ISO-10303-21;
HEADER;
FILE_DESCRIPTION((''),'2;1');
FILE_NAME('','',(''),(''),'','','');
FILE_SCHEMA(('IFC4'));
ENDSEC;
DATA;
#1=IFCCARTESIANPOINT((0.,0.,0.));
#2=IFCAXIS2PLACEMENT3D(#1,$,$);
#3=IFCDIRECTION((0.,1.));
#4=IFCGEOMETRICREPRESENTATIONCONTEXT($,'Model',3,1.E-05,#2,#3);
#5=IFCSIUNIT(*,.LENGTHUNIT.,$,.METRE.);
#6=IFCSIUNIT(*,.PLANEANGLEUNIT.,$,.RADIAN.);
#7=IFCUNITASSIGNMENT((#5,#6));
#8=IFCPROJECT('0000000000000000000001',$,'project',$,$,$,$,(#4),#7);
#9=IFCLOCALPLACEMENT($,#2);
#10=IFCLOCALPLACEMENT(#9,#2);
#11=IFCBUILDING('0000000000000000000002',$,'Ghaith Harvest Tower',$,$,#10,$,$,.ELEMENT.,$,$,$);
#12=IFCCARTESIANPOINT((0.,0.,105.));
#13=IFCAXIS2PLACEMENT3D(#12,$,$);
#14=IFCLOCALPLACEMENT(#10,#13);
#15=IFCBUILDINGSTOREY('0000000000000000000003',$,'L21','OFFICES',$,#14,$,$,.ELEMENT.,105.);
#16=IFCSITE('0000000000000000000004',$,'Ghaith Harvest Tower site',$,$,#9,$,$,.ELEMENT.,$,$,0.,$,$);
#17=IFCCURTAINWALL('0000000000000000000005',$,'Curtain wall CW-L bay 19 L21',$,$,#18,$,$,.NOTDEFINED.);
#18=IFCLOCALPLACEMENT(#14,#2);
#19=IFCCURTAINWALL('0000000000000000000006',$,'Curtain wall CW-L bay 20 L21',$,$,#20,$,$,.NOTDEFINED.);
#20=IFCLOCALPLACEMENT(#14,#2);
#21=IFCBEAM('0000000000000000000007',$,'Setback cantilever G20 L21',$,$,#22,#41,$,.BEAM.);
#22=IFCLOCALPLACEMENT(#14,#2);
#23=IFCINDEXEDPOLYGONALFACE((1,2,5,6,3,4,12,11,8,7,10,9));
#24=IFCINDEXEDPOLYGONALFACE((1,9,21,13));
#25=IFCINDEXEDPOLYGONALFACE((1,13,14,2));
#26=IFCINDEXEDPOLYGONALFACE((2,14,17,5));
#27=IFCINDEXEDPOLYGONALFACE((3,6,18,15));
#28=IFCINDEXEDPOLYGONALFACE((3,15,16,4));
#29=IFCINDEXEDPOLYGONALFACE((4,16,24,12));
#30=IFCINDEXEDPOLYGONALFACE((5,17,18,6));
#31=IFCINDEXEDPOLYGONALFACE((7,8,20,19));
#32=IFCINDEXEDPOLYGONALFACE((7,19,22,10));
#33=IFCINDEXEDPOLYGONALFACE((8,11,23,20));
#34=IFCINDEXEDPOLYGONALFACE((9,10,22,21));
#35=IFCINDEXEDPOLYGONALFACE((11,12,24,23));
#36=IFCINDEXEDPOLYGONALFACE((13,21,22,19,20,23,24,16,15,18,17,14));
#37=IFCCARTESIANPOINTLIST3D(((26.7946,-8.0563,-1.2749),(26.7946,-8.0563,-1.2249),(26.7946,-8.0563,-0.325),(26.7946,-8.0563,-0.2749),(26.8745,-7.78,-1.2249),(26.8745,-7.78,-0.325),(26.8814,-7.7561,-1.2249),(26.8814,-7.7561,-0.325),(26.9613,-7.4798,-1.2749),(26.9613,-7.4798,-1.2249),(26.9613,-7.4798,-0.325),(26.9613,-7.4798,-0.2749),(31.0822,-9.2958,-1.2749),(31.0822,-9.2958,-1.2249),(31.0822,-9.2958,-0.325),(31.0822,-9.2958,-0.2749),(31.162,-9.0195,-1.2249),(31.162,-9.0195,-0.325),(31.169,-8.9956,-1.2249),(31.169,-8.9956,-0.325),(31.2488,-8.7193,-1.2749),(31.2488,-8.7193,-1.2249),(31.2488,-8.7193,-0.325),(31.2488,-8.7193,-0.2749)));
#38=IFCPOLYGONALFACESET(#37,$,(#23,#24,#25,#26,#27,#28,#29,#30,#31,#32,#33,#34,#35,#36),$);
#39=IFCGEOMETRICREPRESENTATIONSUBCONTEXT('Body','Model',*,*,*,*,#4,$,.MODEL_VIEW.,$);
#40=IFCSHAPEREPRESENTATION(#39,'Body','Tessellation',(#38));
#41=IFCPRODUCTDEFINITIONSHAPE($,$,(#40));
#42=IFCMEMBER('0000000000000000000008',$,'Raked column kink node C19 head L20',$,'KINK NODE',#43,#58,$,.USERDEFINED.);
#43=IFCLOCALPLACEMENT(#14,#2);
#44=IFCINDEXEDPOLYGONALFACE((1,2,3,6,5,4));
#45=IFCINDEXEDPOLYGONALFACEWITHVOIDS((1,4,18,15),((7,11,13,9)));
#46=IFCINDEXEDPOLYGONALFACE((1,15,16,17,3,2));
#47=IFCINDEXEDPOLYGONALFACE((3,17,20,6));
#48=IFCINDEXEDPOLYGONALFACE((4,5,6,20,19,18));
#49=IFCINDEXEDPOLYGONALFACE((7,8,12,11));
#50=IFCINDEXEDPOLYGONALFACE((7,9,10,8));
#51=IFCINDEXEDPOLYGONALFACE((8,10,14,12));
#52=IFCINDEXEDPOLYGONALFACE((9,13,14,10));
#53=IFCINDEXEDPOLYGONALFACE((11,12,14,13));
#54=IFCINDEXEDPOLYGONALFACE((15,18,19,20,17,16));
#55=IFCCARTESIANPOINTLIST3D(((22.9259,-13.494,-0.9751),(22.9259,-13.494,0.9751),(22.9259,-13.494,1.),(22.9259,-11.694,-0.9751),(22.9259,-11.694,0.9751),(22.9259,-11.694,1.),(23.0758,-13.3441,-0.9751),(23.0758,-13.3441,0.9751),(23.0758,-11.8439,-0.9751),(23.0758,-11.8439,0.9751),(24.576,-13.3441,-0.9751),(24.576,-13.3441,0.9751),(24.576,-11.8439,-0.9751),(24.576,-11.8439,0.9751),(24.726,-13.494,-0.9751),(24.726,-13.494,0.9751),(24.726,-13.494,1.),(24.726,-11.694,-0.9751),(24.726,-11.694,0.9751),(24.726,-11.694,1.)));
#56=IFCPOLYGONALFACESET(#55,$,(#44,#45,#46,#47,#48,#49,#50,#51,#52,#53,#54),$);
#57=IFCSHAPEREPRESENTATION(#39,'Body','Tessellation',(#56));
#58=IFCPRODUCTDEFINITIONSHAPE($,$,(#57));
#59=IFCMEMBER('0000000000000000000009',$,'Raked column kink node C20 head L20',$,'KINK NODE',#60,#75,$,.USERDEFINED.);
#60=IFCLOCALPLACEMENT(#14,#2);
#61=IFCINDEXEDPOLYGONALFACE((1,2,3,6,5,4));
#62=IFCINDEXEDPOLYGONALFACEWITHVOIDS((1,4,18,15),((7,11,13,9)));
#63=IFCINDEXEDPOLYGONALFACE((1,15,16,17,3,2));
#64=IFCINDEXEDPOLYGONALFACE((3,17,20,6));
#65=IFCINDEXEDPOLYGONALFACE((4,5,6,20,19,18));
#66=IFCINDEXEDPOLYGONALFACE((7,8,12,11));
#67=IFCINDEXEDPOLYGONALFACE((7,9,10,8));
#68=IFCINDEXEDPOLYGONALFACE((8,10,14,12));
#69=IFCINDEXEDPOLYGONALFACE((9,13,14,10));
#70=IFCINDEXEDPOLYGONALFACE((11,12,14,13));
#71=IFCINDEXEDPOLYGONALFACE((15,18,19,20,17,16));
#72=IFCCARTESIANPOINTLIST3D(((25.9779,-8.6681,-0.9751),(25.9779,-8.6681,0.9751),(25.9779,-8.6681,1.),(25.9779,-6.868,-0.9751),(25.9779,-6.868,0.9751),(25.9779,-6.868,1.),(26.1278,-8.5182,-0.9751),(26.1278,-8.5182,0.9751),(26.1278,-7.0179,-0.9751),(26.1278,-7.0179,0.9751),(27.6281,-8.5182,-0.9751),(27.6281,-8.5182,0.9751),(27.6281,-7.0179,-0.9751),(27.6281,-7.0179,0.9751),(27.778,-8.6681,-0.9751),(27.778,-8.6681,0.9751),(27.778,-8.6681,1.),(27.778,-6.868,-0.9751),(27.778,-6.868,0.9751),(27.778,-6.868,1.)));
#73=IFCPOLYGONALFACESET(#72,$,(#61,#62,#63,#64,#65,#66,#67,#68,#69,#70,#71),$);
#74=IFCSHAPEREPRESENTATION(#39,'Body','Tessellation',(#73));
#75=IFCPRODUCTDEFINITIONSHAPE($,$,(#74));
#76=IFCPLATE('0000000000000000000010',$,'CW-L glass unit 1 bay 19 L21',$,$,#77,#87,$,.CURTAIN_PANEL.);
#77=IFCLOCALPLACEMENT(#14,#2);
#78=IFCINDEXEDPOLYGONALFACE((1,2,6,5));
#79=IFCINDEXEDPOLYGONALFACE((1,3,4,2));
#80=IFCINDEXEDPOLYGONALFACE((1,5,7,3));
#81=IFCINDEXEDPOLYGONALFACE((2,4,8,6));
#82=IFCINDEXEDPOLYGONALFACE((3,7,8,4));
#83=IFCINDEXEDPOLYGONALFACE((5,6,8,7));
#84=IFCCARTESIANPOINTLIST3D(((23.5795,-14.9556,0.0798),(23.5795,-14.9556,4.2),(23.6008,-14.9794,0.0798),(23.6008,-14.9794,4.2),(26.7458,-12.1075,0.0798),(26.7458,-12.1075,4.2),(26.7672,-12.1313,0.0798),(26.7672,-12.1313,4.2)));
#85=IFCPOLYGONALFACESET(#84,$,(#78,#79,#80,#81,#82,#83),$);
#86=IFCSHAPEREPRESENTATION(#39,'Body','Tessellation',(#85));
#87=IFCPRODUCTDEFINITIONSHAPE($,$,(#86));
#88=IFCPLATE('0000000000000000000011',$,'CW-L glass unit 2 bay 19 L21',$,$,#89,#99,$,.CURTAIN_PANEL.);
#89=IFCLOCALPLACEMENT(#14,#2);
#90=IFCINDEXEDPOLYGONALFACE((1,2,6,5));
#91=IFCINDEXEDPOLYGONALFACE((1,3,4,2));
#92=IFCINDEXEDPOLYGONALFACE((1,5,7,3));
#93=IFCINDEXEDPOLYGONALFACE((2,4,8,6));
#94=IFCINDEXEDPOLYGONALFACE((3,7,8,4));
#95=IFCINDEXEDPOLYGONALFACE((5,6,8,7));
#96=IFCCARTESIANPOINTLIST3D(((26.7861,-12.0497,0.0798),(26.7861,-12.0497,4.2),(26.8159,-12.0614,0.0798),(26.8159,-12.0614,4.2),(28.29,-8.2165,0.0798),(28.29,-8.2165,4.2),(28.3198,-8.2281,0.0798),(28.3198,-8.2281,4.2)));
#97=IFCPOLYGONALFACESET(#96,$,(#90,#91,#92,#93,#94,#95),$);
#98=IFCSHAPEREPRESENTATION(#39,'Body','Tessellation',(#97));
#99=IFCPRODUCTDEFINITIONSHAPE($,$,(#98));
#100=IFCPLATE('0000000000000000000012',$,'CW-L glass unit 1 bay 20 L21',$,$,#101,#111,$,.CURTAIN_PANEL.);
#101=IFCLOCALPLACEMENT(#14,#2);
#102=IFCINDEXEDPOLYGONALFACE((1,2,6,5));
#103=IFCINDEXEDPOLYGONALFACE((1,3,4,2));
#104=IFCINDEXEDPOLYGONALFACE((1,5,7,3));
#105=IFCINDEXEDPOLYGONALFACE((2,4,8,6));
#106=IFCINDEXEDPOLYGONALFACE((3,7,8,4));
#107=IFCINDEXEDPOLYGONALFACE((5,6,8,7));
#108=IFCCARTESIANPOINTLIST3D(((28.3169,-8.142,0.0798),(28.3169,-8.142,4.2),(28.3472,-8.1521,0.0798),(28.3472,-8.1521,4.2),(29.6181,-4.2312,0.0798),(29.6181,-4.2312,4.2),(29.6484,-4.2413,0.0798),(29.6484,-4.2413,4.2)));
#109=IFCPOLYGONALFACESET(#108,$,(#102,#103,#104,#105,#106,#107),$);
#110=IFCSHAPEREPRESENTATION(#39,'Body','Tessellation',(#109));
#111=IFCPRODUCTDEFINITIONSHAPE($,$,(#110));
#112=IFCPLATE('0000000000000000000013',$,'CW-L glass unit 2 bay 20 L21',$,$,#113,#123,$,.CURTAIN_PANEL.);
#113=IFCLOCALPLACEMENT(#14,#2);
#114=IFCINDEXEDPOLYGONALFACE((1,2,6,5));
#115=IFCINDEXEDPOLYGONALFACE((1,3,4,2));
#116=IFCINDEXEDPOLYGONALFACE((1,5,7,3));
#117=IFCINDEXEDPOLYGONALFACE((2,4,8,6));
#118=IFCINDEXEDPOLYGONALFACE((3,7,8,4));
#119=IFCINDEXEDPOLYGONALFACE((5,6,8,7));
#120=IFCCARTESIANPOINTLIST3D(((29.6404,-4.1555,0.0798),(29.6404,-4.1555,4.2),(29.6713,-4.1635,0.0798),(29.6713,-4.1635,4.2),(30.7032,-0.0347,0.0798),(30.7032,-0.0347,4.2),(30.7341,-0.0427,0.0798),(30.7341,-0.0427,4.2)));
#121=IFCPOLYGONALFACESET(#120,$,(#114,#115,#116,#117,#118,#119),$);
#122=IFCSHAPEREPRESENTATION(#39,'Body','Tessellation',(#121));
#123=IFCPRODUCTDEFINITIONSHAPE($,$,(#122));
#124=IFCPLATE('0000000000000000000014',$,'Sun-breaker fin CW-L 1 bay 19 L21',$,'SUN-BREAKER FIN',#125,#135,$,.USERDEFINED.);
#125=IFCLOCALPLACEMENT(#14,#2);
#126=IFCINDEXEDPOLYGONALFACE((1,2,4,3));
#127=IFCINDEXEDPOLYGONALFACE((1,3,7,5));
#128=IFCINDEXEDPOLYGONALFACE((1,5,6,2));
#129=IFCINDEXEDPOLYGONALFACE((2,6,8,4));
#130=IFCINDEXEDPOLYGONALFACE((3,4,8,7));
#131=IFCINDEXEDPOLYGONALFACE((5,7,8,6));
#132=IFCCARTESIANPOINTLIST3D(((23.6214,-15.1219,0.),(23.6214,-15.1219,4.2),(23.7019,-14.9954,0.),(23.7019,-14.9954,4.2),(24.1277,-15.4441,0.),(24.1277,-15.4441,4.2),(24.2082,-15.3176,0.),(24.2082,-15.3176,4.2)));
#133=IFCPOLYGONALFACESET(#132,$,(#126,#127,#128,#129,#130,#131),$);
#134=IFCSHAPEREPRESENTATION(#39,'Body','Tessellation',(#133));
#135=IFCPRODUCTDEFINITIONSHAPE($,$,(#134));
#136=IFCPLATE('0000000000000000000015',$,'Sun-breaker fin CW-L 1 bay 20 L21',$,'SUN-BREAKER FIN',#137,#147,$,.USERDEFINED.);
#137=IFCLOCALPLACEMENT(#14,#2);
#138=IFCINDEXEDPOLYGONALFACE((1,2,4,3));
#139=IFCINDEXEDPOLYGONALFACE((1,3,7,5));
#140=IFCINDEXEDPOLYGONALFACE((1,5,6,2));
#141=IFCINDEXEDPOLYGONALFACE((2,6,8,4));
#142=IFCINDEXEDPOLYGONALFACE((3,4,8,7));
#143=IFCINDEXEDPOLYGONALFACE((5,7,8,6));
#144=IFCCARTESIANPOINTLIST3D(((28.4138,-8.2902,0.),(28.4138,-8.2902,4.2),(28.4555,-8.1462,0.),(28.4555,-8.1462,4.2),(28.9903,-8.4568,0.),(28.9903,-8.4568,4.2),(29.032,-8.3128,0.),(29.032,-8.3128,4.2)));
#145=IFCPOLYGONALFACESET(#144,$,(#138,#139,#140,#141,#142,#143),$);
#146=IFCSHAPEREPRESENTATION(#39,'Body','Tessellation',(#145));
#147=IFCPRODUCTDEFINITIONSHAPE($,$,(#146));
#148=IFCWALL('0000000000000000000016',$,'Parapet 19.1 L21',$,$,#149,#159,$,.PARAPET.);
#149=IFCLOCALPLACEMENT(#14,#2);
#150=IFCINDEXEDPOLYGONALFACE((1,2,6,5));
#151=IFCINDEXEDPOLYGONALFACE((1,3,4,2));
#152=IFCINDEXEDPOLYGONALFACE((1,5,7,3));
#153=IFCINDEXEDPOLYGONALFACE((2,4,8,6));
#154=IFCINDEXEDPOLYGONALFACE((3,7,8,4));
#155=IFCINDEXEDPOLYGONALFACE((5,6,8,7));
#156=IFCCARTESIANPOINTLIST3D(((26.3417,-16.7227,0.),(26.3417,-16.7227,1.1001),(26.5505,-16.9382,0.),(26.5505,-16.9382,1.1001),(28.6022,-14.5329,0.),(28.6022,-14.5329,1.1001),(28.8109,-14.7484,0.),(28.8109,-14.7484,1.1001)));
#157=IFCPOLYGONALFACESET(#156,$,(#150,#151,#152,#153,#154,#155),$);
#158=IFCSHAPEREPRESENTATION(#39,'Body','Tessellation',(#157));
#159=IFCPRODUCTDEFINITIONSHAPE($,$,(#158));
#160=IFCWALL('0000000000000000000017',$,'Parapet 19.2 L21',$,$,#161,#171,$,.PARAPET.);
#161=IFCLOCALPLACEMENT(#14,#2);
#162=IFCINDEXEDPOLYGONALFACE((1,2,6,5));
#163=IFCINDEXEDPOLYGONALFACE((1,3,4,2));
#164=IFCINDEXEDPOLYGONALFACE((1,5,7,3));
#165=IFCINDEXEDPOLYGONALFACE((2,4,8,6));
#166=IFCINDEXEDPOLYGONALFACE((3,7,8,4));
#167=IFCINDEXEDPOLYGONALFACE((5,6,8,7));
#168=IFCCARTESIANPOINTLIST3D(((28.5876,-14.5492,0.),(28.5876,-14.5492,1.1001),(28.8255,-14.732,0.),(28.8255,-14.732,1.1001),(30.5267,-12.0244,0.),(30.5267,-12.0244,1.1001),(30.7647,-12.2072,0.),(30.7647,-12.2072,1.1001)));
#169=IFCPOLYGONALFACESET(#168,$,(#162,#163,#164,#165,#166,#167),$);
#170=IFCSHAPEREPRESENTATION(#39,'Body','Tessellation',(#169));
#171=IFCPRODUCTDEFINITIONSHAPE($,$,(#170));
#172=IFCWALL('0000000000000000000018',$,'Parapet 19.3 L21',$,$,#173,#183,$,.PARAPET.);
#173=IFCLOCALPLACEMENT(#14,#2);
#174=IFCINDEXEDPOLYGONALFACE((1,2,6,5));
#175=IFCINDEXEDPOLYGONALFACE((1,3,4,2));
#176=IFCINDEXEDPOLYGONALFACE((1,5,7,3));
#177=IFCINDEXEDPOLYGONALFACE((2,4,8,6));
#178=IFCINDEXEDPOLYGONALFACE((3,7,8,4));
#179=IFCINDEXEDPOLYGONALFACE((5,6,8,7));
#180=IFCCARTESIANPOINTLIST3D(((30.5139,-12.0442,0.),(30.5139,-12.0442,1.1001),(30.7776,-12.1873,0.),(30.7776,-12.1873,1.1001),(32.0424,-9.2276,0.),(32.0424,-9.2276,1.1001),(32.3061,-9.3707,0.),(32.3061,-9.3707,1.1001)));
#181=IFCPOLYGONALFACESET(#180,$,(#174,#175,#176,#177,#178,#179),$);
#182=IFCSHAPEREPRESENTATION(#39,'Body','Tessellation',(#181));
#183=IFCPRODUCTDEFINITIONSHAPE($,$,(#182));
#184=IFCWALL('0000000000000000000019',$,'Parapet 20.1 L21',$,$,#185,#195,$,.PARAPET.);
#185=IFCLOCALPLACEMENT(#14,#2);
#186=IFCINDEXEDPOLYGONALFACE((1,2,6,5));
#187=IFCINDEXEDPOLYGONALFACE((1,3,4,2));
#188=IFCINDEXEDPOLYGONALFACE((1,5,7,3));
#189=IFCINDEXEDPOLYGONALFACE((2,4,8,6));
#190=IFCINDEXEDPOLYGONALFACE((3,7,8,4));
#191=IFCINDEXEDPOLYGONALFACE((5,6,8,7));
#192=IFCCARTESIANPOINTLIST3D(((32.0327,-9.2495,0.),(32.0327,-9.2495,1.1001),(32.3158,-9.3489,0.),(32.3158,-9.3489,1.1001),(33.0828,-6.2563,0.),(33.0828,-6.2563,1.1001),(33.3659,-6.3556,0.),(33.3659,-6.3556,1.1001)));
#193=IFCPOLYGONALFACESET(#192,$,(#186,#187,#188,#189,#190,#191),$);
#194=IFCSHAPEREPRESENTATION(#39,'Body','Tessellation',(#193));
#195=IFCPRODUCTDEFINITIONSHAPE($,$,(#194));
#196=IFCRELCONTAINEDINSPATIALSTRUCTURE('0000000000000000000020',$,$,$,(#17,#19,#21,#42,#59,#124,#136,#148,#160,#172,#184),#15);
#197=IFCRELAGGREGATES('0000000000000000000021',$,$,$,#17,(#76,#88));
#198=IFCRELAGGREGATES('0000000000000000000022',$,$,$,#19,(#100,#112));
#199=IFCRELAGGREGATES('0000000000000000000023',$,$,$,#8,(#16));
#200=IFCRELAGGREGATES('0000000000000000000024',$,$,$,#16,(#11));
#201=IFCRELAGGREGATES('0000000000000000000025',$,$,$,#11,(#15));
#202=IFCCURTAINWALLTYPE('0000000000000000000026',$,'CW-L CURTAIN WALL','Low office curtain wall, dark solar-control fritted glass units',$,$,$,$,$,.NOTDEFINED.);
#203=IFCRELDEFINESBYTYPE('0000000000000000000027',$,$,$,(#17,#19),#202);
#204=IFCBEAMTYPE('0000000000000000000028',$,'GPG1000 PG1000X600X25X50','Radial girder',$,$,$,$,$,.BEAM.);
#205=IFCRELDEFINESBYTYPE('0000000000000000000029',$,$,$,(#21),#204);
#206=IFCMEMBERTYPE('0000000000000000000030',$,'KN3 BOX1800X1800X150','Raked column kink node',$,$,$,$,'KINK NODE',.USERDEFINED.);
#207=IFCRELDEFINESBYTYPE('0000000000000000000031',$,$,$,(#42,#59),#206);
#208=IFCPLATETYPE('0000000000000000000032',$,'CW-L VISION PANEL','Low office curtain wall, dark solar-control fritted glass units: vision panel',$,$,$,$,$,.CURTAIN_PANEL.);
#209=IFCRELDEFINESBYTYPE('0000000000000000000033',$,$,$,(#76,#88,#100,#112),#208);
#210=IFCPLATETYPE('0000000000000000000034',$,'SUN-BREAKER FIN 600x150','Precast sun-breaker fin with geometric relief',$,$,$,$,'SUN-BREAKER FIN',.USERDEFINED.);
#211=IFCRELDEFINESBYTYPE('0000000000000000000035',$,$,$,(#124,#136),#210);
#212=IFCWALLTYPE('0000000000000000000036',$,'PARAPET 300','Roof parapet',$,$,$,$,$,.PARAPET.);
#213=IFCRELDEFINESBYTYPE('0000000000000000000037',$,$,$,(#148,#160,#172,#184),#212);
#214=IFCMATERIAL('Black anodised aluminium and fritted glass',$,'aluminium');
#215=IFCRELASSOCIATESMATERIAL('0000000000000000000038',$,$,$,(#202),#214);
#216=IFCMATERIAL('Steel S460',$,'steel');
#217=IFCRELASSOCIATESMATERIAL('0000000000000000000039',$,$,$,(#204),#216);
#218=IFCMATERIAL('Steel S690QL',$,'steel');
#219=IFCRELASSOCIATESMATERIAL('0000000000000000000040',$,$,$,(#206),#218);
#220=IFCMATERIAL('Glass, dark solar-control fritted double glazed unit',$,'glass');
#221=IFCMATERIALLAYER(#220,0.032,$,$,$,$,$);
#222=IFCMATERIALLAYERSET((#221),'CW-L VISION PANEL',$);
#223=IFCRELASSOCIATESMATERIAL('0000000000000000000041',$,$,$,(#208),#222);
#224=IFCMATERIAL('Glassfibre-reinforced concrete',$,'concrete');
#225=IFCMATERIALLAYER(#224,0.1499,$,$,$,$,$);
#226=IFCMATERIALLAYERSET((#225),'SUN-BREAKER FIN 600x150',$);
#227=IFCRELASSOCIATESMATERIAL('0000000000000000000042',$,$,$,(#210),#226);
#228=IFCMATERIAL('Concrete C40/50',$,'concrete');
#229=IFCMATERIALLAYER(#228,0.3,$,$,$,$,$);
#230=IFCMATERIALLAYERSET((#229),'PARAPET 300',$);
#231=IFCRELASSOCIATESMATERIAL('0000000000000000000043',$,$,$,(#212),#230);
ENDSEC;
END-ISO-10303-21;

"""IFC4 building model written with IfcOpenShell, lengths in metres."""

from ifc_helpers import new_model, si_unit, direction, frame, frame_2d, origin, origin_2d, place, context, subcontext, project, spatial, rectangle, hollow_rectangle, i_section, extrude, boolean, material, layer, layer_set, material_profile, profile_set, type_object, element, aggregate, save


model = new_model("IFC4")

# Units and contexts
model_context = context("Model", 3, precision=1e-05, world=origin(), true_north=direction((0.0, 1.0)))
body_context = subcontext(model_context, "Body", "Model", "MODEL_VIEW")
ifc_project = project(units=[si_unit("LENGTHUNIT", "METRE"), si_unit("PLANEANGLEUNIT", "RADIAN")], contexts=[model_context])

# Site, building, storey
site_placement = place(None, origin())
site = spatial("IfcSite", under=ifc_project, at=site_placement, Name="Ghaith Harvest Tower site", CompositionType="ELEMENT", RefElevation=0.0)
building_placement = place(site_placement, origin())
building = spatial("IfcBuilding", under=site, at=building_placement, Name="Ghaith Harvest Tower", CompositionType="ELEMENT")
storey_placement = place(building_placement, frame((0.0, 0.0, 105.0)))
storey = spatial("IfcBuildingStorey", under=building, at=storey_placement, Name="L21", Description="OFFICES", CompositionType="ELEMENT", Elevation=105.0)

# Curtain wall
ifc_material_1 = material(Name="Black anodised aluminium and fritted glass", Category="aluminium")
curtain_wall_type = type_object("IfcCurtainWallType", Name="CW-L CURTAIN WALL", Description="Low office curtain wall, dark solar-control fritted glass units", PredefinedType="NOTDEFINED", material=ifc_material_1)
curtain_wall_1_placement = place(storey_placement, origin())
curtain_wall_1 = element("IfcCurtainWall", 1, at=curtain_wall_1_placement, inside=storey, type_object=curtain_wall_type, Name="Curtain wall CW-L bay 19 L21", PredefinedType="NOTDEFINED")

# Curtain wall
curtain_wall_2_placement = place(storey_placement, origin())
curtain_wall_2 = element("IfcCurtainWall", 2, at=curtain_wall_2_placement, inside=storey, type_object=curtain_wall_type, Name="Curtain wall CW-L bay 20 L21", PredefinedType="NOTDEFINED")

# Beam
ifc_material_2 = material(Name="Steel S460", Category="steel")
ifc_material_profile_1 = material_profile(ifc_material_2, i_section(OverallWidth=0.6001, OverallDepth=1.0, WebThickness=0.0249, FlangeThickness=0.05, at=origin_2d()), Name="PG1000X600X25X50")
ifc_profile_set_1 = profile_set([ifc_material_profile_1], Name="Steel S460")
beam_type_1 = type_object("IfcBeamType", Name="GPG1000 PG1000X600X25X50", Description="Radial girder", PredefinedType="BEAM", material=ifc_profile_set_1)
beam_1_placement = place(storey_placement, frame((26.8779, -7.7681, -0.7749), z_axis=(0.960663, -0.277718, 0.0), x_axis=(0.277718, 0.960663, 0.0)))
element("IfcBeam", 3, at=beam_1_placement, inside=storey, type_object=beam_type_1, Name="Setback cantilever G20 L21", PredefinedType="BEAM", context=body_context, shape_type="SweptSolid", body=[
    extrude(i_section(OverallWidth=0.6001, OverallDepth=1.0, WebThickness=0.0249, FlangeThickness=0.05, at=origin_2d()), origin(), (0.0, 0.0, 1.0), 4.4631),
])

# Members
ifc_material_3 = material(Name="Steel S690QL", Category="steel")
ifc_material_profile_2 = material_profile(ifc_material_3, hollow_rectangle(XDim=1.8, YDim=1.8, WallThickness=0.1499, at=origin_2d()), Name="BOX1800X1800X150")
ifc_profile_set_2 = profile_set([ifc_material_profile_2], Name="Steel S690QL")
member_type_1 = type_object("IfcMemberType", Name="KN3 BOX1800X1800X150", Description="Raked column kink node", ElementType="KINK NODE", PredefinedType="USERDEFINED", material=ifc_profile_set_2)
for number, where, z_axis, x_axis, name in (
    (4, (23.8259, -12.594, -0.9751), (0.0, 0.0, 1.0), (1.0, 0.0, 0.0), "Raked column kink node C19 head L20"),
    (5, (26.8779, -7.7681, -0.9751), (0.0, 0.0, 1.0), (1.0, 0.0, 0.0), "Raked column kink node C20 head L20"),
):
    element("IfcMember", number, at=place(storey_placement, frame(where, z_axis=z_axis, x_axis=x_axis)), inside=storey, type_object=member_type_1, Name=name, ObjectType="KINK NODE", PredefinedType="USERDEFINED", context=body_context, shape_type="CSG", body=[
        boolean("UNION", extrude(hollow_rectangle(XDim=1.8, YDim=1.8, WallThickness=0.1499, at=origin_2d()), origin(), (0.0, 0.0, 1.0), 1.9502), extrude(rectangle(XDim=1.8, YDim=1.8, at=origin_2d()), frame((0.0, 0.0, 1.9502)), (0.0, 0.0, 1.0), 0.0249)),
    ])

# Plates
ifc_material_4 = material(Name="Glass, dark solar-control fritted double glazed unit", Category="glass")
ifc_layer_1 = layer(ifc_material_4, 0.032)
ifc_layer_set_1 = layer_set([ifc_layer_1], Name="CW-L VISION PANEL")
plate_type_1 = type_object("IfcPlateType", Name="CW-L VISION PANEL", Description="Low office curtain wall, dark solar-control fritted glass units: vision panel", PredefinedType="CURTAIN_PANEL", material=ifc_layer_set_1)
plate_1_placement = place(storey_placement, frame((25.1733, -13.5435, 0.0798), z_axis=(0.0, 0.0, 1.0), x_axis=(0.743493, 0.668744, 0.0)))
plate_1 = element("IfcPlate", 6, at=plate_1_placement, type_object=plate_type_1, Name="CW-L glass unit 1 bay 19 L21", PredefinedType="CURTAIN_PANEL", context=body_context, shape_type="SweptSolid", body=[
    extrude(rectangle(XDim=4.2588, YDim=0.032, at=origin_2d()), origin(), (0.0, 0.0, 1.0), 4.1201),
])
plate_2_placement = place(storey_placement, frame((27.553, -10.1389, 0.0798), z_axis=(0.0, 0.0, 1.0), x_axis=(0.365226, 0.930919, 0.0)))
plate_2 = element("IfcPlate", 7, at=plate_2_placement, type_object=plate_type_1, Name="CW-L glass unit 2 bay 19 L21", PredefinedType="CURTAIN_PANEL", context=body_context, shape_type="SweptSolid", body=[
    extrude(rectangle(XDim=4.1177, YDim=0.032, at=origin_2d()), origin(), (0.0, 0.0, 1.0), 4.1201),
])
aggregate(curtain_wall_1, [plate_1, plate_2])
plate_3_placement = place(storey_placement, frame((28.9827, -6.1917, 0.0798), z_axis=(0.0, 0.0, 1.0), x_axis=(0.315708, 0.948856, 0.0)))
plate_3 = element("IfcPlate", 8, at=plate_3_placement, type_object=plate_type_1, Name="CW-L glass unit 1 bay 20 L21", PredefinedType="CURTAIN_PANEL", context=body_context, shape_type="SweptSolid", body=[
    extrude(rectangle(XDim=4.1216, YDim=0.032, at=origin_2d()), origin(), (0.0, 0.0, 1.0), 4.1201),
])
plate_4_placement = place(storey_placement, frame((30.1873, -2.0991, 0.0798), z_axis=(0.0, 0.0, 1.0), x_axis=(0.249744, 0.968312, 0.0)))
plate_4 = element("IfcPlate", 9, at=plate_4_placement, type_object=plate_type_1, Name="CW-L glass unit 2 bay 20 L21", PredefinedType="CURTAIN_PANEL", context=body_context, shape_type="SweptSolid", body=[
    extrude(rectangle(XDim=4.2556, YDim=0.032, at=origin_2d()), origin(), (0.0, 0.0, 1.0), 4.1201),
])
aggregate(curtain_wall_2, [plate_3, plate_4])

# Plates
ifc_material_5 = material(Name="Glassfibre-reinforced concrete", Category="concrete")
ifc_layer_2 = layer(ifc_material_5, 0.1499)
ifc_layer_set_2 = layer_set([ifc_layer_2], Name="SUN-BREAKER FIN 600x150")
plate_type_2 = type_object("IfcPlateType", Name="SUN-BREAKER FIN 600x150", Description="Precast sun-breaker fin with geometric relief", ElementType="SUN-BREAKER FIN", PredefinedType="USERDEFINED", material=ifc_layer_set_2)
for number, where, z_axis, x_axis, name in (
    (10, (23.9148, -15.2197, 0.0), (0.0, 0.0, 1.0), (0.843644, -0.536903, 0.0), "Sun-breaker fin CW-L 1 bay 19 L21"),
    (11, (28.7229, -8.3015, 0.0), (0.0, 0.0, 1.0), (0.96068, -0.277657, 0.0), "Sun-breaker fin CW-L 1 bay 20 L21"),
):
    element("IfcPlate", number, at=place(storey_placement, frame(where, z_axis=z_axis, x_axis=x_axis)), inside=storey, type_object=plate_type_2, Name=name, ObjectType="SUN-BREAKER FIN", PredefinedType="USERDEFINED", context=body_context, shape_type="SweptSolid", body=[
        extrude(rectangle(XDim=0.6001, YDim=0.1499, at=origin_2d()), origin(), (0.0, 0.0, 1.0), 4.2),
    ])

# Walls
ifc_material_6 = material(Name="Concrete C40/50", Category="concrete")
ifc_layer_3 = layer(ifc_material_6, 0.3)
ifc_layer_set_3 = layer_set([ifc_layer_3], Name="PARAPET 300")
wall_type = type_object("IfcWallType", Name="PARAPET 300", Description="Roof parapet", PredefinedType="PARAPET", material=ifc_layer_set_3)
wall_1_placement = place(storey_placement, frame((26.446, -16.8306, 0.0), z_axis=(0.0, 0.0, 1.0), x_axis=(0.718227, 0.695809, 0.0)))
element("IfcWall", 12, at=wall_1_placement, inside=storey, type_object=wall_type, Name="Parapet 19.1 L21", PredefinedType="PARAPET", context=body_context, shape_type="SweptSolid", body=[
    extrude(rectangle(XDim=3.1472, YDim=0.3, at=frame_2d((1.5737, 0.0))), origin(), (0.0, 0.0, 1.0), 1.1001),
])
wall_2_placement = place(storey_placement, frame((28.7065, -14.6406, 0.0), z_axis=(0.0, 0.0, 1.0), x_axis=(0.609114, 0.793083, 0.0)))
element("IfcWall", 13, at=wall_2_placement, inside=storey, type_object=wall_type, Name="Parapet 19.2 L21", PredefinedType="PARAPET", context=body_context, shape_type="SweptSolid", body=[
    extrude(rectangle(XDim=3.1836, YDim=0.3, at=frame_2d((1.5918, 0.0))), origin(), (0.0, 0.0, 1.0), 1.1001),
])
wall_3_placement = place(storey_placement, frame((30.6458, -12.1157, 0.0), z_axis=(0.0, 0.0, 1.0), x_axis=(0.476978, 0.878915, 0.0)))
element("IfcWall", 14, at=wall_3_placement, inside=storey, type_object=wall_type, Name="Parapet 19.3 L21", PredefinedType="PARAPET", context=body_context, shape_type="SweptSolid", body=[
    extrude(rectangle(XDim=3.2046, YDim=0.3, at=frame_2d((1.6023, 0.0))), origin(), (0.0, 0.0, 1.0), 1.1001),
])
wall_4_placement = place(storey_placement, frame((32.1743, -9.2991, 0.0), z_axis=(0.0, 0.0, 1.0), x_axis=(0.331036, 0.943618, 0.0)))
element("IfcWall", 15, at=wall_4_placement, inside=storey, type_object=wall_type, Name="Parapet 20.1 L21", PredefinedType="PARAPET", context=body_context, shape_type="SweptSolid", body=[
    extrude(rectangle(XDim=3.1721, YDim=0.3, at=frame_2d((1.5859, 0.0))), origin(), (0.0, 0.0, 1.0), 1.1001),
])

save(model, "model.ifc")
